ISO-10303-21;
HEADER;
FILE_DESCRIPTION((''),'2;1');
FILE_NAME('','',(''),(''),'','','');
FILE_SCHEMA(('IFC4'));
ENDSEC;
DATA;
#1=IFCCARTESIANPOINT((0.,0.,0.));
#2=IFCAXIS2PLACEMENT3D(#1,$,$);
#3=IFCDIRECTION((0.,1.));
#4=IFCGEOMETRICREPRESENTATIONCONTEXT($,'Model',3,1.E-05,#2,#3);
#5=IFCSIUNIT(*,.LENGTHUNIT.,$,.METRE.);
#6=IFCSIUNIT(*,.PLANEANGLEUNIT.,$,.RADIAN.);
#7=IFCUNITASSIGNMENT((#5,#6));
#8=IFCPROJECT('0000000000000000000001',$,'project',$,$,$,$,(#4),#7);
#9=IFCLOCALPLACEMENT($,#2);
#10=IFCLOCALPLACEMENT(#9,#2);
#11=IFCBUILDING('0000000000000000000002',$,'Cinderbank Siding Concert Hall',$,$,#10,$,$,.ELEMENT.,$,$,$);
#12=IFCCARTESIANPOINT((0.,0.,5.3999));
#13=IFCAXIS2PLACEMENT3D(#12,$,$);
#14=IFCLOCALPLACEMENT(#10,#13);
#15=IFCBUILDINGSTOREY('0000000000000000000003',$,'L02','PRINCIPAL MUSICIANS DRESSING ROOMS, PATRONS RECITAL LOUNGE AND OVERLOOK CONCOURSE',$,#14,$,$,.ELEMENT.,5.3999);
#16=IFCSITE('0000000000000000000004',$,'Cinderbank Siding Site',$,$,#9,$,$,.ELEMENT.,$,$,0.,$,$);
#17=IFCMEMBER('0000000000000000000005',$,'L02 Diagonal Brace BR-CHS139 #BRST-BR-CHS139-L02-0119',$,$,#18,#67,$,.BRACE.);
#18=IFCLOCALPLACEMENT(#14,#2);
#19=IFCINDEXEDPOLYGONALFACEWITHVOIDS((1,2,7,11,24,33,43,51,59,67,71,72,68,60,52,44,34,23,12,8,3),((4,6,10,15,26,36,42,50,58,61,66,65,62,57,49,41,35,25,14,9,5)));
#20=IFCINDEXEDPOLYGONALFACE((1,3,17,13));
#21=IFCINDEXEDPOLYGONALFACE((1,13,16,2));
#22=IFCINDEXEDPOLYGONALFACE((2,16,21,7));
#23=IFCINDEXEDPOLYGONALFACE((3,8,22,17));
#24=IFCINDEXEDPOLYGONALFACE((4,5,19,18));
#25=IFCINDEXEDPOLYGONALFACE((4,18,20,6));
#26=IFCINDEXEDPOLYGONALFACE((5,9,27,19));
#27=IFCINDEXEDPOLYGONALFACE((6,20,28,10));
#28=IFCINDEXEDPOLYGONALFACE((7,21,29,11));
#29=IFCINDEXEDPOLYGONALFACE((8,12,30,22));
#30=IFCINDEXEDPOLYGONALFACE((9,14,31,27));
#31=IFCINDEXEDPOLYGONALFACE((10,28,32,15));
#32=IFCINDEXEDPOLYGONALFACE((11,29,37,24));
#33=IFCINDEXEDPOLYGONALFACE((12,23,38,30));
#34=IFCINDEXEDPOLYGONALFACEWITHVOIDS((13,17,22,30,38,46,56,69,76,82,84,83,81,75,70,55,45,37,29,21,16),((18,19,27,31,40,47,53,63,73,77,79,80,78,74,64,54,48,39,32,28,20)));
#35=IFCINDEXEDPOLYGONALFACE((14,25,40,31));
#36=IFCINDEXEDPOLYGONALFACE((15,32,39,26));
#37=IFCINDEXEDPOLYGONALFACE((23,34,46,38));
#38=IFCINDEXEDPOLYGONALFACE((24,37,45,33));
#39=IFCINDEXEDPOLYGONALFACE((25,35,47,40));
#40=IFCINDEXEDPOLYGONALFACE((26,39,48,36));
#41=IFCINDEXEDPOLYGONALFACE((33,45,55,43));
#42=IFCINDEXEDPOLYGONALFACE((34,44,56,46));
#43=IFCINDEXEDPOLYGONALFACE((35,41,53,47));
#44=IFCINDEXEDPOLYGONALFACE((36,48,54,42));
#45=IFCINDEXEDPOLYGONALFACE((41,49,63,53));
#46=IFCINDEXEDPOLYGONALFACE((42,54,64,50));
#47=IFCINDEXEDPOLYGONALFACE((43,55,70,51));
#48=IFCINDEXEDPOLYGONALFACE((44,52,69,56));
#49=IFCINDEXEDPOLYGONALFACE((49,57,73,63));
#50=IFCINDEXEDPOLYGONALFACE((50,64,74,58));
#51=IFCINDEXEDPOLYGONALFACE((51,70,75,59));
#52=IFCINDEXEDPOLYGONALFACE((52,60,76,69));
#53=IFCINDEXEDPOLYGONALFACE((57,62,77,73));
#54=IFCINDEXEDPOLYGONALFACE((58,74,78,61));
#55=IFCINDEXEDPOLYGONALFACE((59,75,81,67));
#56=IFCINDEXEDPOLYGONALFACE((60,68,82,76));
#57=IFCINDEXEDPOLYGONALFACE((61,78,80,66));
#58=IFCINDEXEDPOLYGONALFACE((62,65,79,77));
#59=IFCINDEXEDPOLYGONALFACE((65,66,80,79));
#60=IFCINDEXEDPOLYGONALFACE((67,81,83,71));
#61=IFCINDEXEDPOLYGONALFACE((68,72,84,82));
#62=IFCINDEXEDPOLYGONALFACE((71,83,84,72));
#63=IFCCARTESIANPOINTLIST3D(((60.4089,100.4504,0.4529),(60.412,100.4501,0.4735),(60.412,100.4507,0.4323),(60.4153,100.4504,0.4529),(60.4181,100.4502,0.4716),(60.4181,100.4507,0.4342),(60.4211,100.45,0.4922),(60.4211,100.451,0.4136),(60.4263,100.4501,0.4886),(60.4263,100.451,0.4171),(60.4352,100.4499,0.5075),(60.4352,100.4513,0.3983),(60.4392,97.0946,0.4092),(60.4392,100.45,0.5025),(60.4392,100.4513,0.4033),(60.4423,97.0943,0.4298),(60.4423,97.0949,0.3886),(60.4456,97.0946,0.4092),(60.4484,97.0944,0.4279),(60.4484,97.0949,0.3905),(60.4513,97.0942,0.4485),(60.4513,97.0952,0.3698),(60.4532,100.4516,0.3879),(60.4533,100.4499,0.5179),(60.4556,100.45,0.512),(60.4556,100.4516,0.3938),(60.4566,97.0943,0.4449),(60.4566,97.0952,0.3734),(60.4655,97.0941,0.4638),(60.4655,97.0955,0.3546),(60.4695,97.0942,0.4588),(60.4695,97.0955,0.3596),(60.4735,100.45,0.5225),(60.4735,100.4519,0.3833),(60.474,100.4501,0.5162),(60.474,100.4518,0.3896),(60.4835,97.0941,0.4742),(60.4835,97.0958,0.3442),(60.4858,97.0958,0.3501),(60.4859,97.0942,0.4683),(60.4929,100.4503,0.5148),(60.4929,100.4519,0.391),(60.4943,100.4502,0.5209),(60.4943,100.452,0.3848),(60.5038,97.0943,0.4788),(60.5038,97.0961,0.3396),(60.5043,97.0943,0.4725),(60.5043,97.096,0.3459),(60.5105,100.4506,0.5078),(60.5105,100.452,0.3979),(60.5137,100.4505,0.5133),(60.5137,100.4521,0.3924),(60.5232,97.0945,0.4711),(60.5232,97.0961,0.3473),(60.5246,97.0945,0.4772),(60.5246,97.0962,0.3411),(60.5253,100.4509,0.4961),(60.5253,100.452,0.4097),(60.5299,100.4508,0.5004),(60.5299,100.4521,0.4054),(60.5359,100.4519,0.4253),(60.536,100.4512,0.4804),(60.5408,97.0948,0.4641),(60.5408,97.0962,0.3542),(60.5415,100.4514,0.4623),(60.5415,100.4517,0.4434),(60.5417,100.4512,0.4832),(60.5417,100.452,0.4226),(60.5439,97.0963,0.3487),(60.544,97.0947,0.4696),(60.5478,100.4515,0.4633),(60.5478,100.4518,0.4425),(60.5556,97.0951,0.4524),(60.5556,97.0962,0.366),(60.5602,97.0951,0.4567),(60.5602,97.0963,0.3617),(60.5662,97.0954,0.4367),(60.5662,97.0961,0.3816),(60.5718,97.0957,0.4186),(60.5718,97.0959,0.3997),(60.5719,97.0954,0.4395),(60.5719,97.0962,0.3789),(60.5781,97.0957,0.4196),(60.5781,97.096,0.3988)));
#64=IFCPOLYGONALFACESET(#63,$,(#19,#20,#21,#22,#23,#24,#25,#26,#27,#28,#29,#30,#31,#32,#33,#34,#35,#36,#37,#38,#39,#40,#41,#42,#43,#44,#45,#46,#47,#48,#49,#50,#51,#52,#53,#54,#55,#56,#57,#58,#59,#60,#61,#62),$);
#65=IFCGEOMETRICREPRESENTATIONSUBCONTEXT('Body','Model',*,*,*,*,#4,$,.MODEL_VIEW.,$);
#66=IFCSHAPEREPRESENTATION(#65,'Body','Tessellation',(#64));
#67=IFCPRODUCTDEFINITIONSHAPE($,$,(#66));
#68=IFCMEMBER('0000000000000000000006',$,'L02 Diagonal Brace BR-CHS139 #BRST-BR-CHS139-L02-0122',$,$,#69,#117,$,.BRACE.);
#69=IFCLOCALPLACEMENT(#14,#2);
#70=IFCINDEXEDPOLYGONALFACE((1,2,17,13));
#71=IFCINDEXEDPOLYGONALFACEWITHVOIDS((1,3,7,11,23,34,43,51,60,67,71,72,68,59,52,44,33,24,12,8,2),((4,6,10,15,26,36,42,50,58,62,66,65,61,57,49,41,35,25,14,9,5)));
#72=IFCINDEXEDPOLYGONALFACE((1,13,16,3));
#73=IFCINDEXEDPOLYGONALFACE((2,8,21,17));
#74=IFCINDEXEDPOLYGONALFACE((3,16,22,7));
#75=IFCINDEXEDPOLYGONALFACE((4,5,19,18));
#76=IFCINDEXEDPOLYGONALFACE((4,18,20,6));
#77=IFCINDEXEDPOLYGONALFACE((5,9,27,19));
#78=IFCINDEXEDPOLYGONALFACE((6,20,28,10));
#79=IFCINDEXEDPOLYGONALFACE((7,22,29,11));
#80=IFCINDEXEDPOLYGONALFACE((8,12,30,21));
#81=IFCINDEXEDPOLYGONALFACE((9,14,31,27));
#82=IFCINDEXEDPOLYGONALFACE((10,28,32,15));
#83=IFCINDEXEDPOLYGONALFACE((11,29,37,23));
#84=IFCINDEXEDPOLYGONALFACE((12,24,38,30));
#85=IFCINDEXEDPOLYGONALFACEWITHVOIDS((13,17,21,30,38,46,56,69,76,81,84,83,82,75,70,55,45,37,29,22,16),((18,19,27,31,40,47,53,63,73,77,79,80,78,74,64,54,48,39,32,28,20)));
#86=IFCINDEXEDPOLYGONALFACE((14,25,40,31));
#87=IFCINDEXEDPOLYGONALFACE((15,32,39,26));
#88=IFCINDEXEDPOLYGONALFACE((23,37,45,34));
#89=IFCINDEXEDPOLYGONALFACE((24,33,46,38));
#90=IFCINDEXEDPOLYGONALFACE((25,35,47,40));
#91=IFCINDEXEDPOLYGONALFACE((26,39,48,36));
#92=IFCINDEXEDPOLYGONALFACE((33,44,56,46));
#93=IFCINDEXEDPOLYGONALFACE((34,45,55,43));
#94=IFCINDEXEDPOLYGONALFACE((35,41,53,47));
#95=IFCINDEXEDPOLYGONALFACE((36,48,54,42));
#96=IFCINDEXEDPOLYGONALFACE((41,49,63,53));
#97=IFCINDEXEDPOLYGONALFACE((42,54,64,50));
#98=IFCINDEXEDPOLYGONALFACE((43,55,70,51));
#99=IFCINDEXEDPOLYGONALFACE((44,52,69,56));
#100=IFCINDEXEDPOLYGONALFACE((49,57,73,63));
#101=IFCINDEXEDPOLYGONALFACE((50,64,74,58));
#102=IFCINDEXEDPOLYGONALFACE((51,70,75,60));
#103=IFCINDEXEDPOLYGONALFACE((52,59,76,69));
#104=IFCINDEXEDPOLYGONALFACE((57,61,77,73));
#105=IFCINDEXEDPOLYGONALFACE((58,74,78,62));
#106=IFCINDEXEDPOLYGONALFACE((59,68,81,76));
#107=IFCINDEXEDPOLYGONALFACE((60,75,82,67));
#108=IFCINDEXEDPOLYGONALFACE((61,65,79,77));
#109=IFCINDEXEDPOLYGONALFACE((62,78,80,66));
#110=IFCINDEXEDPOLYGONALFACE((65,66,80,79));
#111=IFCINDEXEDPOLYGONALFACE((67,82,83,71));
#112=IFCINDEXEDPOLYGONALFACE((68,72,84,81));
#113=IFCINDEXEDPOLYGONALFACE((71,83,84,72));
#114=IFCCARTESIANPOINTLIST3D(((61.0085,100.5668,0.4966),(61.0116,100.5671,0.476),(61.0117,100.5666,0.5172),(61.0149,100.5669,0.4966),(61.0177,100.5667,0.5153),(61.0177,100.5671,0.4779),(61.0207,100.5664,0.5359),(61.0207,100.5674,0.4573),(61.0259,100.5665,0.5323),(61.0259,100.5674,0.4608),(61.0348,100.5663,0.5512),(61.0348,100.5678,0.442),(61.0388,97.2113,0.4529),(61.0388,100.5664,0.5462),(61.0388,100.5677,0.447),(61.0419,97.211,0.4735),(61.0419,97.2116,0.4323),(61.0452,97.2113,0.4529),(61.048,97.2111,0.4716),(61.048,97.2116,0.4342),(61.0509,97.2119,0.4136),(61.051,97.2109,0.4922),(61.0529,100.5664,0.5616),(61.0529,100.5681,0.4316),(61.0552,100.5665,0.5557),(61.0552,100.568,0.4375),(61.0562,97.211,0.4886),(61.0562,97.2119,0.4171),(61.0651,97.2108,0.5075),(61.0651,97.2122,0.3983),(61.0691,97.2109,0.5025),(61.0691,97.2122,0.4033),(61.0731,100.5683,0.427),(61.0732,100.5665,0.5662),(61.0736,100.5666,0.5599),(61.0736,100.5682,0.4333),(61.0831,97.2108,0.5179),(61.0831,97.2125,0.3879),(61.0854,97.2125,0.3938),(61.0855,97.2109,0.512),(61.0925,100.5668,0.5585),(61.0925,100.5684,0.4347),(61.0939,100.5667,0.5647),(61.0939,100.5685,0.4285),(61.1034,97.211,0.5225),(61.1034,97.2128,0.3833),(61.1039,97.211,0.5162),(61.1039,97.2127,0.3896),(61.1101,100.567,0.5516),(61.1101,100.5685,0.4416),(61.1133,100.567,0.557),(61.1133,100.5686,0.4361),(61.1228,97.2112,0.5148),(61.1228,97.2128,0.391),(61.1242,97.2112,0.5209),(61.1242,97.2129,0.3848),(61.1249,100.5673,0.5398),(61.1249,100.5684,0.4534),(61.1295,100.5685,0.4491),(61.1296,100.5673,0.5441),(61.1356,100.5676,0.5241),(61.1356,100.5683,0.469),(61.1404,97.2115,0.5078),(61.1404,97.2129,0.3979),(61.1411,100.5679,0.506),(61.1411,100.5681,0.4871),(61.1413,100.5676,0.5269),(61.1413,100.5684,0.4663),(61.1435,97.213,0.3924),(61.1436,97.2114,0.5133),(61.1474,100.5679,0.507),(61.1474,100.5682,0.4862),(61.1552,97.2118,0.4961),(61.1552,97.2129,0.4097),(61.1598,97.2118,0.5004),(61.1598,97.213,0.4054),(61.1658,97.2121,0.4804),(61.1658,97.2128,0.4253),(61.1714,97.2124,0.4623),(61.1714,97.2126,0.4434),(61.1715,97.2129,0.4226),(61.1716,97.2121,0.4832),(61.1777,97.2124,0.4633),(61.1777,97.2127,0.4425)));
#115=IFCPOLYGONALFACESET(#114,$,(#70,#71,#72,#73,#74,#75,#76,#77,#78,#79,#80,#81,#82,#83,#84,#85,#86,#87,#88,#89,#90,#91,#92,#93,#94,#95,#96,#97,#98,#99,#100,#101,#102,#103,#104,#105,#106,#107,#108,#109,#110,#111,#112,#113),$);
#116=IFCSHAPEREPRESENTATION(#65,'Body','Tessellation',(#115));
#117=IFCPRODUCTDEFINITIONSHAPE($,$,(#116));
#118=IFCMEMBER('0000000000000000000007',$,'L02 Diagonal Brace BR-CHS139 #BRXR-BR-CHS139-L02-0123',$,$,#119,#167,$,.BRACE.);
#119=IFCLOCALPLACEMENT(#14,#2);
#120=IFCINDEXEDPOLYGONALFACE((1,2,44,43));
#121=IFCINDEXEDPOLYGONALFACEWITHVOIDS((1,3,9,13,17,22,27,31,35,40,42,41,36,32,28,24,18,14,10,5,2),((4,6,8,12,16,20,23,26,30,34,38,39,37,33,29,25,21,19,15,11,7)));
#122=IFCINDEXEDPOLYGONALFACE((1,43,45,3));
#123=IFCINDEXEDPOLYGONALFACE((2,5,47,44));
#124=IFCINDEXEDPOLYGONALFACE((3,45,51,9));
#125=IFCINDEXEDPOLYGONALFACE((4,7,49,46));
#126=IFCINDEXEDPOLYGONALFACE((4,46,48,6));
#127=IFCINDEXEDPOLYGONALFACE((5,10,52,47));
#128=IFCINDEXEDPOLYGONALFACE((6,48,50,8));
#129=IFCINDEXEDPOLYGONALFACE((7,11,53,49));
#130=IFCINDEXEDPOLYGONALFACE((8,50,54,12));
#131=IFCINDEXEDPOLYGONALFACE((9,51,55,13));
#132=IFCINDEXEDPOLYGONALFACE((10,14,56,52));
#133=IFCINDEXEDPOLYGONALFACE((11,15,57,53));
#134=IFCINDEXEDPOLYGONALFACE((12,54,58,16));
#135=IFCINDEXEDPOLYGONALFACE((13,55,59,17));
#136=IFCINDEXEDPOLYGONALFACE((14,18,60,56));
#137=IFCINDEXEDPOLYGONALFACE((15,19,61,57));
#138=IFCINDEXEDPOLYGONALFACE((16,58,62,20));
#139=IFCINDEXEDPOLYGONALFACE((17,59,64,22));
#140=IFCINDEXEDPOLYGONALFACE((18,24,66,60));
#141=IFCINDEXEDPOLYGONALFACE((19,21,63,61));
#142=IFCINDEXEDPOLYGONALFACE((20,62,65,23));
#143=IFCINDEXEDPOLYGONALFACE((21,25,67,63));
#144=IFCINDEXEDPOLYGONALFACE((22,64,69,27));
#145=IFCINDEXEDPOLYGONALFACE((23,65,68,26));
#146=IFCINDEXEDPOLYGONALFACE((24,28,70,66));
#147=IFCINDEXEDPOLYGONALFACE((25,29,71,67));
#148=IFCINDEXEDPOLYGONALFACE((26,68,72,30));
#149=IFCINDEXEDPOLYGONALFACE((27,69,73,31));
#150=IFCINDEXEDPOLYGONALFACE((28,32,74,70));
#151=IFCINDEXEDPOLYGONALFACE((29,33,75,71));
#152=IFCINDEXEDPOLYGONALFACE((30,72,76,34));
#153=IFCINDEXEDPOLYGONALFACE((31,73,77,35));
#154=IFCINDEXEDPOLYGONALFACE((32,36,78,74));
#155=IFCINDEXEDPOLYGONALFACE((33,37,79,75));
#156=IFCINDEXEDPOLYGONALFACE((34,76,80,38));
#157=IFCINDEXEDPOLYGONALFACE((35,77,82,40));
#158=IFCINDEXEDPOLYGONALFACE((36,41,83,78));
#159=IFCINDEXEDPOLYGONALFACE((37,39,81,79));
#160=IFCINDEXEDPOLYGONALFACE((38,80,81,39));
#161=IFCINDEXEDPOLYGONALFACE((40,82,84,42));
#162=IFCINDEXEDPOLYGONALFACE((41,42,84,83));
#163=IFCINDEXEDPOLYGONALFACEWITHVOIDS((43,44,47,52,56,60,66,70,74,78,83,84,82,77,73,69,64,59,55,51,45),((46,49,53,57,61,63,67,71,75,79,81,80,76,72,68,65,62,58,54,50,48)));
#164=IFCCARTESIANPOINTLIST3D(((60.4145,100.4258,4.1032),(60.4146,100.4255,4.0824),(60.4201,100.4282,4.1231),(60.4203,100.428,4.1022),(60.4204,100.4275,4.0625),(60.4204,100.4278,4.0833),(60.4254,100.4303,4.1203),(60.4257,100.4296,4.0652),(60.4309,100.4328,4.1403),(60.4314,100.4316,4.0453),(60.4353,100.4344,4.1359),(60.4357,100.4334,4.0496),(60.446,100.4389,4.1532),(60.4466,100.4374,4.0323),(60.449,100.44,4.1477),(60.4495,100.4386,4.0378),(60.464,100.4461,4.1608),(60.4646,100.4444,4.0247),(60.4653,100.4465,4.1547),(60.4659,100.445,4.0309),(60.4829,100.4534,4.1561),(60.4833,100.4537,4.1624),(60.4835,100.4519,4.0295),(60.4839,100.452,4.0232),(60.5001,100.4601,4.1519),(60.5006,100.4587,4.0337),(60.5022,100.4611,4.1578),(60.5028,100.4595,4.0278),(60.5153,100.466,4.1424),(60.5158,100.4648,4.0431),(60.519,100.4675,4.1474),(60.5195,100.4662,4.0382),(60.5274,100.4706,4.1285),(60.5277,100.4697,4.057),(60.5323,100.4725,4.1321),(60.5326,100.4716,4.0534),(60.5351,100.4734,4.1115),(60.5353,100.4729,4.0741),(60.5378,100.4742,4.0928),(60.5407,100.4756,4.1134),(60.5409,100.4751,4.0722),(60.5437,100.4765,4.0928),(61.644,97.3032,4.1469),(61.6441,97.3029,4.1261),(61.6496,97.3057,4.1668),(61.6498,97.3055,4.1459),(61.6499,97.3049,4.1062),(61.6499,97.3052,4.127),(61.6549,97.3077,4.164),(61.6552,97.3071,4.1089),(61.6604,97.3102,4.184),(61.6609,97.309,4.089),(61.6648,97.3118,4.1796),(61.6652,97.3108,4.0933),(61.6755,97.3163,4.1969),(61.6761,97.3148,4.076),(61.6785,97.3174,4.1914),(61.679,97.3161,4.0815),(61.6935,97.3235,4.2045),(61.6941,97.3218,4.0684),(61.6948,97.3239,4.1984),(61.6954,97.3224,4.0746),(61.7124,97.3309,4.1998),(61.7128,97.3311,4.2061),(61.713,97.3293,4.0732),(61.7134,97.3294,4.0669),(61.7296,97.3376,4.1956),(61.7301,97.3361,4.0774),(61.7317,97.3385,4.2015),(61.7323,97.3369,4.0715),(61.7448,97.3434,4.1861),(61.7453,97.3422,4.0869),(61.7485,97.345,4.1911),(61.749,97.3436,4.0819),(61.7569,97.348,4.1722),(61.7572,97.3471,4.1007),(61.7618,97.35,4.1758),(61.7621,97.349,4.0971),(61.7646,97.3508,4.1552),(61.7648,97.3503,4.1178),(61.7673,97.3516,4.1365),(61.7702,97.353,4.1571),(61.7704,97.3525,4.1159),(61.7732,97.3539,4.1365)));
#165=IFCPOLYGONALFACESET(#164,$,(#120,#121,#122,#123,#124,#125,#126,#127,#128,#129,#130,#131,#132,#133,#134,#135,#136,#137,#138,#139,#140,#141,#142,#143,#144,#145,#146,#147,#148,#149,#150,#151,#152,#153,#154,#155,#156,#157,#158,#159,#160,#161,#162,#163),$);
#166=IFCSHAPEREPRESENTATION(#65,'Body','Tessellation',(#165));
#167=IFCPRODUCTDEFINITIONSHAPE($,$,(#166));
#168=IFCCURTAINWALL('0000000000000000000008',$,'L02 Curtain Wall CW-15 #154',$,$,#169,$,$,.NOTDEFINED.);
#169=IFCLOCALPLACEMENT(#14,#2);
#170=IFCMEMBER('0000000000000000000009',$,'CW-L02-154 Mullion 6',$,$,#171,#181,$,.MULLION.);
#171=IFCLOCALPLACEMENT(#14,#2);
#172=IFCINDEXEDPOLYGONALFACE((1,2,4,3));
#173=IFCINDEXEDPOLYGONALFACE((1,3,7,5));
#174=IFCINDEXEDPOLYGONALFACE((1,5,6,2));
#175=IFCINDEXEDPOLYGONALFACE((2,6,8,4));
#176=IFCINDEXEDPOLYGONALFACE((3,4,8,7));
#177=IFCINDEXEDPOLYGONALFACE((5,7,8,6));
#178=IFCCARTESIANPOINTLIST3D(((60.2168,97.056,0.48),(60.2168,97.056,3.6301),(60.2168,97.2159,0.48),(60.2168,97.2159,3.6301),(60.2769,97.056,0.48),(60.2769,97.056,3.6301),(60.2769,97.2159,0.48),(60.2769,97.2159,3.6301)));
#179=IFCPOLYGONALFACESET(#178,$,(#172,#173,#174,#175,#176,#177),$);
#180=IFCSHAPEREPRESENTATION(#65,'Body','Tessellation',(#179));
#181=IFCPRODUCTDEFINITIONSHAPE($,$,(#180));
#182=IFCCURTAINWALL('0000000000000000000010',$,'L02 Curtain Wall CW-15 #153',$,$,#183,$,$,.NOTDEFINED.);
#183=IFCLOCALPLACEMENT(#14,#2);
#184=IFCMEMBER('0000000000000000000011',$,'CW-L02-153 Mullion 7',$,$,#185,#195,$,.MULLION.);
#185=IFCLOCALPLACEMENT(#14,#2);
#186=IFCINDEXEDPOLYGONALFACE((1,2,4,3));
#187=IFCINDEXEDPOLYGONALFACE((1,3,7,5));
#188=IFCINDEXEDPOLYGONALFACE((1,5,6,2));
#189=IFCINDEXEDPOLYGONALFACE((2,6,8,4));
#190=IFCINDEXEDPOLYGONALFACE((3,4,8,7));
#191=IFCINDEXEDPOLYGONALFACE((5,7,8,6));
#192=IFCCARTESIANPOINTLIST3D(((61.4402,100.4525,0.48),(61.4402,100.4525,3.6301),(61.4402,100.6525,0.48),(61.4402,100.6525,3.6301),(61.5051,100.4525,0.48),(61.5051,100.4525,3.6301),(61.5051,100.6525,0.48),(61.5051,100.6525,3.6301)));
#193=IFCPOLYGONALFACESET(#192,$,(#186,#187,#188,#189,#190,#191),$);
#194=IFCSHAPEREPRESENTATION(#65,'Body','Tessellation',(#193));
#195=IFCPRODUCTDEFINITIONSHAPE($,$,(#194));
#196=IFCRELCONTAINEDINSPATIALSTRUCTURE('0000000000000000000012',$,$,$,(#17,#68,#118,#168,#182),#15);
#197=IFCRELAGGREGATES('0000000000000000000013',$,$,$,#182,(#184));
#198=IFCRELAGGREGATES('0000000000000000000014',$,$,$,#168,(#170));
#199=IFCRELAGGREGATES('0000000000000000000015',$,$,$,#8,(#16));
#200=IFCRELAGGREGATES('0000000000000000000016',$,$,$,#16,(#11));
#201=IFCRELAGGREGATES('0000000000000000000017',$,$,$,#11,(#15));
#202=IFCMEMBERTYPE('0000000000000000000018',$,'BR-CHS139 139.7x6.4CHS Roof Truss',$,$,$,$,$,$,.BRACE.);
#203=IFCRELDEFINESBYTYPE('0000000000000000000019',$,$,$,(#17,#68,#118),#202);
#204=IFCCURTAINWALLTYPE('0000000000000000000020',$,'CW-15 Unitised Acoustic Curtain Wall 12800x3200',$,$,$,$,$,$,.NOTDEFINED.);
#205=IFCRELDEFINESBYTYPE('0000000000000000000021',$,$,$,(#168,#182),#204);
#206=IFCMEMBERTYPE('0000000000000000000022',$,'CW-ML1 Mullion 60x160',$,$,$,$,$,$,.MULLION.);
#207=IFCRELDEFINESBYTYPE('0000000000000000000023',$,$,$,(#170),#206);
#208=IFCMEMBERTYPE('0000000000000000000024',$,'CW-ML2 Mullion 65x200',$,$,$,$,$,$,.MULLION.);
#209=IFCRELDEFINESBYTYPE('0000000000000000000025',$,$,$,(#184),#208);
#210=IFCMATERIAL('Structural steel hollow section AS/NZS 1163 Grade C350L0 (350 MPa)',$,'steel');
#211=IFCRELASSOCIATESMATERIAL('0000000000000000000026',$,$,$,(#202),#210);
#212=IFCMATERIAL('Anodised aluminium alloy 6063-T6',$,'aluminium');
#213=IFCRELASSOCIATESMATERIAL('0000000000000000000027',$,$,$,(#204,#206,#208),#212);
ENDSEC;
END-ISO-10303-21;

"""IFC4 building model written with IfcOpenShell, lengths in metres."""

from ifc_helpers import new_model, si_unit, direction, frame, origin, origin_2d, place, context, subcontext, project, spatial, rectangle, hollow_circle, extrude, material, material_profile, profile_set, type_object, element, aggregate, save


model = new_model("IFC4")

# Units and contexts
model_context = context("Model", 3, precision=1e-05, world=origin(), true_north=direction((0.0, 1.0)))
body_context = subcontext(model_context, "Body", "Model", "MODEL_VIEW")
ifc_project = project(units=[si_unit("LENGTHUNIT", "METRE"), si_unit("PLANEANGLEUNIT", "RADIAN")], contexts=[model_context])

# Site, building, storey
site_placement = place(None, origin())
site = spatial("IfcSite", under=ifc_project, at=site_placement, Name="Cinderbank Siding Site", CompositionType="ELEMENT", RefElevation=0.0)
building_placement = place(site_placement, origin())
building = spatial("IfcBuilding", under=site, at=building_placement, Name="Cinderbank Siding Concert Hall", CompositionType="ELEMENT")
storey_placement = place(building_placement, frame((0.0, 0.0, 5.3999)))
storey = spatial("IfcBuildingStorey", under=building, at=storey_placement, Name="L02", Description="PRINCIPAL MUSICIANS DRESSING ROOMS, PATRONS RECITAL LOUNGE AND OVERLOOK CONCOURSE", CompositionType="ELEMENT", Elevation=5.3999)

# Members
ifc_material_1 = material(Name="Structural steel hollow section AS/NZS 1163 Grade C350L0 (350 MPa)", Category="steel")
ifc_material_profile_1 = material_profile(ifc_material_1, hollow_circle(Radius=0.0698, WallThickness=0.0063, at=origin_2d()), Name="139.7x6.4CHS", Category="LoadBearing")
ifc_profile_set_1 = profile_set([ifc_material_profile_1], Name="Structural steel hollow section AS/NZS 1163 Grade C350L0 (350 MPa)")
member_type_1 = type_object("IfcMemberType", Name="BR-CHS139 139.7x6.4CHS Roof Truss", PredefinedType="BRACE", material=ifc_profile_set_1)
for number, where, z_axis, x_axis, name in (
    (1, (60.509, 97.0952, 0.4092), (-0.00902, 0.999875, 0.013021), (-0.999959, -0.009021, 0.0), "L02 Diagonal Brace BR-CHS139 #BRST-BR-CHS139-L02-0119"),
):
    element("IfcMember", number, at=place(storey_placement, frame(where, z_axis=z_axis, x_axis=x_axis)), inside=storey, type_object=member_type_1, Name=name, PredefinedType="BRACE", context=body_context, shape_type="SweptSolid", body=[
        extrude(hollow_circle(Radius=0.0698, WallThickness=0.0063, at=origin_2d()), origin(), (0.0, 0.0, 1.0), 3.3562),
    ])
member_1_placement = place(storey_placement, frame((61.1086, 97.2119, 0.4529), z_axis=(-0.009021, 0.999875, 0.013022), x_axis=(-0.999959, -0.009022, 0.0)))
element("IfcMember", 2, at=member_1_placement, inside=storey, type_object=member_type_1, Name="L02 Diagonal Brace BR-CHS139 #BRST-BR-CHS139-L02-0122", PredefinedType="BRACE", context=body_context, shape_type="SweptSolid", body=[
    extrude(hollow_circle(Radius=0.0698, WallThickness=0.0063, at=origin_2d()), origin(), (0.0, 0.0, 1.0), 3.356),
])
member_2_placement = place(storey_placement, frame((60.4788, 100.4509, 4.0928), z_axis=(0.366337, -0.930391, 0.013021), x_axis=(0.93047, 0.366368, 0.0)))
element("IfcMember", 3, at=member_2_placement, inside=storey, type_object=member_type_1, Name="L02 Diagonal Brace BR-CHS139 #BRXR-BR-CHS139-L02-0123", PredefinedType="BRACE", context=body_context, shape_type="SweptSolid", body=[
    extrude(hollow_circle(Radius=0.0698, WallThickness=0.0063, at=origin_2d()), origin(), (0.0, 0.0, 1.0), 3.3562),
])

# Curtain walls, members
ifc_material_2 = material(Name="Anodised aluminium alloy 6063-T6", Category="aluminium")
curtain_wall_type = type_object("IfcCurtainWallType", Name="CW-15 Unitised Acoustic Curtain Wall 12800x3200", PredefinedType="NOTDEFINED", material=ifc_material_2)
curtain_wall_1_placement = place(storey_placement, origin())
curtain_wall_1 = element("IfcCurtainWall", 4, at=curtain_wall_1_placement, inside=storey, type_object=curtain_wall_type, Name="L02 Curtain Wall CW-15 #154", PredefinedType="NOTDEFINED")
ifc_material_profile_2 = material_profile(ifc_material_2, rectangle(XDim=0.0601, YDim=0.1599, at=origin_2d()), Name="ALU-MULL-60x160", Category="LoadBearing")
ifc_profile_set_2 = profile_set([ifc_material_profile_2], Name="Anodised aluminium alloy 6063-T6")
member_type_2 = type_object("IfcMemberType", Name="CW-ML1 Mullion 60x160", PredefinedType="MULLION", material=ifc_profile_set_2)
member_3_placement = place(storey_placement, frame((60.2468, 97.136, 0.48), z_axis=(0.0, 0.0, 1.0), x_axis=(1.0, 0.0, 0.0)))
member_3 = element("IfcMember", 5, at=member_3_placement, type_object=member_type_2, Name="CW-L02-154 Mullion 6", PredefinedType="MULLION", context=body_context, shape_type="SweptSolid", body=[
    extrude(rectangle(XDim=0.0601, YDim=0.1599, at=origin_2d()), origin(), (0.0, 0.0, 1.0), 3.1501),
])
curtain_wall_2_placement = place(storey_placement, origin())
curtain_wall_2 = element("IfcCurtainWall", 6, at=curtain_wall_2_placement, inside=storey, type_object=curtain_wall_type, Name="L02 Curtain Wall CW-15 #153", PredefinedType="NOTDEFINED")
ifc_material_profile_3 = material_profile(ifc_material_2, rectangle(XDim=0.0649, YDim=0.2, at=origin_2d()), Name="ALU-MULL-65x200", Category="LoadBearing")
ifc_profile_set_3 = profile_set([ifc_material_profile_3], Name="Anodised aluminium alloy 6063-T6")
member_type_3 = type_object("IfcMemberType", Name="CW-ML2 Mullion 65x200", PredefinedType="MULLION", material=ifc_profile_set_3)
member_4_placement = place(storey_placement, frame((61.4727, 100.5525, 0.48), z_axis=(0.0, 0.0, 1.0), x_axis=(1.0, 0.0, 0.0)))
member_4 = element("IfcMember", 7, at=member_4_placement, type_object=member_type_3, Name="CW-L02-153 Mullion 7", PredefinedType="MULLION", context=body_context, shape_type="SweptSolid", body=[
    extrude(rectangle(XDim=0.0649, YDim=0.2, at=origin_2d()), origin(), (0.0, 0.0, 1.0), 3.1501),
])

aggregate(curtain_wall_2, [member_4])
aggregate(curtain_wall_1, [member_3])

save(model, "model.ifc")
